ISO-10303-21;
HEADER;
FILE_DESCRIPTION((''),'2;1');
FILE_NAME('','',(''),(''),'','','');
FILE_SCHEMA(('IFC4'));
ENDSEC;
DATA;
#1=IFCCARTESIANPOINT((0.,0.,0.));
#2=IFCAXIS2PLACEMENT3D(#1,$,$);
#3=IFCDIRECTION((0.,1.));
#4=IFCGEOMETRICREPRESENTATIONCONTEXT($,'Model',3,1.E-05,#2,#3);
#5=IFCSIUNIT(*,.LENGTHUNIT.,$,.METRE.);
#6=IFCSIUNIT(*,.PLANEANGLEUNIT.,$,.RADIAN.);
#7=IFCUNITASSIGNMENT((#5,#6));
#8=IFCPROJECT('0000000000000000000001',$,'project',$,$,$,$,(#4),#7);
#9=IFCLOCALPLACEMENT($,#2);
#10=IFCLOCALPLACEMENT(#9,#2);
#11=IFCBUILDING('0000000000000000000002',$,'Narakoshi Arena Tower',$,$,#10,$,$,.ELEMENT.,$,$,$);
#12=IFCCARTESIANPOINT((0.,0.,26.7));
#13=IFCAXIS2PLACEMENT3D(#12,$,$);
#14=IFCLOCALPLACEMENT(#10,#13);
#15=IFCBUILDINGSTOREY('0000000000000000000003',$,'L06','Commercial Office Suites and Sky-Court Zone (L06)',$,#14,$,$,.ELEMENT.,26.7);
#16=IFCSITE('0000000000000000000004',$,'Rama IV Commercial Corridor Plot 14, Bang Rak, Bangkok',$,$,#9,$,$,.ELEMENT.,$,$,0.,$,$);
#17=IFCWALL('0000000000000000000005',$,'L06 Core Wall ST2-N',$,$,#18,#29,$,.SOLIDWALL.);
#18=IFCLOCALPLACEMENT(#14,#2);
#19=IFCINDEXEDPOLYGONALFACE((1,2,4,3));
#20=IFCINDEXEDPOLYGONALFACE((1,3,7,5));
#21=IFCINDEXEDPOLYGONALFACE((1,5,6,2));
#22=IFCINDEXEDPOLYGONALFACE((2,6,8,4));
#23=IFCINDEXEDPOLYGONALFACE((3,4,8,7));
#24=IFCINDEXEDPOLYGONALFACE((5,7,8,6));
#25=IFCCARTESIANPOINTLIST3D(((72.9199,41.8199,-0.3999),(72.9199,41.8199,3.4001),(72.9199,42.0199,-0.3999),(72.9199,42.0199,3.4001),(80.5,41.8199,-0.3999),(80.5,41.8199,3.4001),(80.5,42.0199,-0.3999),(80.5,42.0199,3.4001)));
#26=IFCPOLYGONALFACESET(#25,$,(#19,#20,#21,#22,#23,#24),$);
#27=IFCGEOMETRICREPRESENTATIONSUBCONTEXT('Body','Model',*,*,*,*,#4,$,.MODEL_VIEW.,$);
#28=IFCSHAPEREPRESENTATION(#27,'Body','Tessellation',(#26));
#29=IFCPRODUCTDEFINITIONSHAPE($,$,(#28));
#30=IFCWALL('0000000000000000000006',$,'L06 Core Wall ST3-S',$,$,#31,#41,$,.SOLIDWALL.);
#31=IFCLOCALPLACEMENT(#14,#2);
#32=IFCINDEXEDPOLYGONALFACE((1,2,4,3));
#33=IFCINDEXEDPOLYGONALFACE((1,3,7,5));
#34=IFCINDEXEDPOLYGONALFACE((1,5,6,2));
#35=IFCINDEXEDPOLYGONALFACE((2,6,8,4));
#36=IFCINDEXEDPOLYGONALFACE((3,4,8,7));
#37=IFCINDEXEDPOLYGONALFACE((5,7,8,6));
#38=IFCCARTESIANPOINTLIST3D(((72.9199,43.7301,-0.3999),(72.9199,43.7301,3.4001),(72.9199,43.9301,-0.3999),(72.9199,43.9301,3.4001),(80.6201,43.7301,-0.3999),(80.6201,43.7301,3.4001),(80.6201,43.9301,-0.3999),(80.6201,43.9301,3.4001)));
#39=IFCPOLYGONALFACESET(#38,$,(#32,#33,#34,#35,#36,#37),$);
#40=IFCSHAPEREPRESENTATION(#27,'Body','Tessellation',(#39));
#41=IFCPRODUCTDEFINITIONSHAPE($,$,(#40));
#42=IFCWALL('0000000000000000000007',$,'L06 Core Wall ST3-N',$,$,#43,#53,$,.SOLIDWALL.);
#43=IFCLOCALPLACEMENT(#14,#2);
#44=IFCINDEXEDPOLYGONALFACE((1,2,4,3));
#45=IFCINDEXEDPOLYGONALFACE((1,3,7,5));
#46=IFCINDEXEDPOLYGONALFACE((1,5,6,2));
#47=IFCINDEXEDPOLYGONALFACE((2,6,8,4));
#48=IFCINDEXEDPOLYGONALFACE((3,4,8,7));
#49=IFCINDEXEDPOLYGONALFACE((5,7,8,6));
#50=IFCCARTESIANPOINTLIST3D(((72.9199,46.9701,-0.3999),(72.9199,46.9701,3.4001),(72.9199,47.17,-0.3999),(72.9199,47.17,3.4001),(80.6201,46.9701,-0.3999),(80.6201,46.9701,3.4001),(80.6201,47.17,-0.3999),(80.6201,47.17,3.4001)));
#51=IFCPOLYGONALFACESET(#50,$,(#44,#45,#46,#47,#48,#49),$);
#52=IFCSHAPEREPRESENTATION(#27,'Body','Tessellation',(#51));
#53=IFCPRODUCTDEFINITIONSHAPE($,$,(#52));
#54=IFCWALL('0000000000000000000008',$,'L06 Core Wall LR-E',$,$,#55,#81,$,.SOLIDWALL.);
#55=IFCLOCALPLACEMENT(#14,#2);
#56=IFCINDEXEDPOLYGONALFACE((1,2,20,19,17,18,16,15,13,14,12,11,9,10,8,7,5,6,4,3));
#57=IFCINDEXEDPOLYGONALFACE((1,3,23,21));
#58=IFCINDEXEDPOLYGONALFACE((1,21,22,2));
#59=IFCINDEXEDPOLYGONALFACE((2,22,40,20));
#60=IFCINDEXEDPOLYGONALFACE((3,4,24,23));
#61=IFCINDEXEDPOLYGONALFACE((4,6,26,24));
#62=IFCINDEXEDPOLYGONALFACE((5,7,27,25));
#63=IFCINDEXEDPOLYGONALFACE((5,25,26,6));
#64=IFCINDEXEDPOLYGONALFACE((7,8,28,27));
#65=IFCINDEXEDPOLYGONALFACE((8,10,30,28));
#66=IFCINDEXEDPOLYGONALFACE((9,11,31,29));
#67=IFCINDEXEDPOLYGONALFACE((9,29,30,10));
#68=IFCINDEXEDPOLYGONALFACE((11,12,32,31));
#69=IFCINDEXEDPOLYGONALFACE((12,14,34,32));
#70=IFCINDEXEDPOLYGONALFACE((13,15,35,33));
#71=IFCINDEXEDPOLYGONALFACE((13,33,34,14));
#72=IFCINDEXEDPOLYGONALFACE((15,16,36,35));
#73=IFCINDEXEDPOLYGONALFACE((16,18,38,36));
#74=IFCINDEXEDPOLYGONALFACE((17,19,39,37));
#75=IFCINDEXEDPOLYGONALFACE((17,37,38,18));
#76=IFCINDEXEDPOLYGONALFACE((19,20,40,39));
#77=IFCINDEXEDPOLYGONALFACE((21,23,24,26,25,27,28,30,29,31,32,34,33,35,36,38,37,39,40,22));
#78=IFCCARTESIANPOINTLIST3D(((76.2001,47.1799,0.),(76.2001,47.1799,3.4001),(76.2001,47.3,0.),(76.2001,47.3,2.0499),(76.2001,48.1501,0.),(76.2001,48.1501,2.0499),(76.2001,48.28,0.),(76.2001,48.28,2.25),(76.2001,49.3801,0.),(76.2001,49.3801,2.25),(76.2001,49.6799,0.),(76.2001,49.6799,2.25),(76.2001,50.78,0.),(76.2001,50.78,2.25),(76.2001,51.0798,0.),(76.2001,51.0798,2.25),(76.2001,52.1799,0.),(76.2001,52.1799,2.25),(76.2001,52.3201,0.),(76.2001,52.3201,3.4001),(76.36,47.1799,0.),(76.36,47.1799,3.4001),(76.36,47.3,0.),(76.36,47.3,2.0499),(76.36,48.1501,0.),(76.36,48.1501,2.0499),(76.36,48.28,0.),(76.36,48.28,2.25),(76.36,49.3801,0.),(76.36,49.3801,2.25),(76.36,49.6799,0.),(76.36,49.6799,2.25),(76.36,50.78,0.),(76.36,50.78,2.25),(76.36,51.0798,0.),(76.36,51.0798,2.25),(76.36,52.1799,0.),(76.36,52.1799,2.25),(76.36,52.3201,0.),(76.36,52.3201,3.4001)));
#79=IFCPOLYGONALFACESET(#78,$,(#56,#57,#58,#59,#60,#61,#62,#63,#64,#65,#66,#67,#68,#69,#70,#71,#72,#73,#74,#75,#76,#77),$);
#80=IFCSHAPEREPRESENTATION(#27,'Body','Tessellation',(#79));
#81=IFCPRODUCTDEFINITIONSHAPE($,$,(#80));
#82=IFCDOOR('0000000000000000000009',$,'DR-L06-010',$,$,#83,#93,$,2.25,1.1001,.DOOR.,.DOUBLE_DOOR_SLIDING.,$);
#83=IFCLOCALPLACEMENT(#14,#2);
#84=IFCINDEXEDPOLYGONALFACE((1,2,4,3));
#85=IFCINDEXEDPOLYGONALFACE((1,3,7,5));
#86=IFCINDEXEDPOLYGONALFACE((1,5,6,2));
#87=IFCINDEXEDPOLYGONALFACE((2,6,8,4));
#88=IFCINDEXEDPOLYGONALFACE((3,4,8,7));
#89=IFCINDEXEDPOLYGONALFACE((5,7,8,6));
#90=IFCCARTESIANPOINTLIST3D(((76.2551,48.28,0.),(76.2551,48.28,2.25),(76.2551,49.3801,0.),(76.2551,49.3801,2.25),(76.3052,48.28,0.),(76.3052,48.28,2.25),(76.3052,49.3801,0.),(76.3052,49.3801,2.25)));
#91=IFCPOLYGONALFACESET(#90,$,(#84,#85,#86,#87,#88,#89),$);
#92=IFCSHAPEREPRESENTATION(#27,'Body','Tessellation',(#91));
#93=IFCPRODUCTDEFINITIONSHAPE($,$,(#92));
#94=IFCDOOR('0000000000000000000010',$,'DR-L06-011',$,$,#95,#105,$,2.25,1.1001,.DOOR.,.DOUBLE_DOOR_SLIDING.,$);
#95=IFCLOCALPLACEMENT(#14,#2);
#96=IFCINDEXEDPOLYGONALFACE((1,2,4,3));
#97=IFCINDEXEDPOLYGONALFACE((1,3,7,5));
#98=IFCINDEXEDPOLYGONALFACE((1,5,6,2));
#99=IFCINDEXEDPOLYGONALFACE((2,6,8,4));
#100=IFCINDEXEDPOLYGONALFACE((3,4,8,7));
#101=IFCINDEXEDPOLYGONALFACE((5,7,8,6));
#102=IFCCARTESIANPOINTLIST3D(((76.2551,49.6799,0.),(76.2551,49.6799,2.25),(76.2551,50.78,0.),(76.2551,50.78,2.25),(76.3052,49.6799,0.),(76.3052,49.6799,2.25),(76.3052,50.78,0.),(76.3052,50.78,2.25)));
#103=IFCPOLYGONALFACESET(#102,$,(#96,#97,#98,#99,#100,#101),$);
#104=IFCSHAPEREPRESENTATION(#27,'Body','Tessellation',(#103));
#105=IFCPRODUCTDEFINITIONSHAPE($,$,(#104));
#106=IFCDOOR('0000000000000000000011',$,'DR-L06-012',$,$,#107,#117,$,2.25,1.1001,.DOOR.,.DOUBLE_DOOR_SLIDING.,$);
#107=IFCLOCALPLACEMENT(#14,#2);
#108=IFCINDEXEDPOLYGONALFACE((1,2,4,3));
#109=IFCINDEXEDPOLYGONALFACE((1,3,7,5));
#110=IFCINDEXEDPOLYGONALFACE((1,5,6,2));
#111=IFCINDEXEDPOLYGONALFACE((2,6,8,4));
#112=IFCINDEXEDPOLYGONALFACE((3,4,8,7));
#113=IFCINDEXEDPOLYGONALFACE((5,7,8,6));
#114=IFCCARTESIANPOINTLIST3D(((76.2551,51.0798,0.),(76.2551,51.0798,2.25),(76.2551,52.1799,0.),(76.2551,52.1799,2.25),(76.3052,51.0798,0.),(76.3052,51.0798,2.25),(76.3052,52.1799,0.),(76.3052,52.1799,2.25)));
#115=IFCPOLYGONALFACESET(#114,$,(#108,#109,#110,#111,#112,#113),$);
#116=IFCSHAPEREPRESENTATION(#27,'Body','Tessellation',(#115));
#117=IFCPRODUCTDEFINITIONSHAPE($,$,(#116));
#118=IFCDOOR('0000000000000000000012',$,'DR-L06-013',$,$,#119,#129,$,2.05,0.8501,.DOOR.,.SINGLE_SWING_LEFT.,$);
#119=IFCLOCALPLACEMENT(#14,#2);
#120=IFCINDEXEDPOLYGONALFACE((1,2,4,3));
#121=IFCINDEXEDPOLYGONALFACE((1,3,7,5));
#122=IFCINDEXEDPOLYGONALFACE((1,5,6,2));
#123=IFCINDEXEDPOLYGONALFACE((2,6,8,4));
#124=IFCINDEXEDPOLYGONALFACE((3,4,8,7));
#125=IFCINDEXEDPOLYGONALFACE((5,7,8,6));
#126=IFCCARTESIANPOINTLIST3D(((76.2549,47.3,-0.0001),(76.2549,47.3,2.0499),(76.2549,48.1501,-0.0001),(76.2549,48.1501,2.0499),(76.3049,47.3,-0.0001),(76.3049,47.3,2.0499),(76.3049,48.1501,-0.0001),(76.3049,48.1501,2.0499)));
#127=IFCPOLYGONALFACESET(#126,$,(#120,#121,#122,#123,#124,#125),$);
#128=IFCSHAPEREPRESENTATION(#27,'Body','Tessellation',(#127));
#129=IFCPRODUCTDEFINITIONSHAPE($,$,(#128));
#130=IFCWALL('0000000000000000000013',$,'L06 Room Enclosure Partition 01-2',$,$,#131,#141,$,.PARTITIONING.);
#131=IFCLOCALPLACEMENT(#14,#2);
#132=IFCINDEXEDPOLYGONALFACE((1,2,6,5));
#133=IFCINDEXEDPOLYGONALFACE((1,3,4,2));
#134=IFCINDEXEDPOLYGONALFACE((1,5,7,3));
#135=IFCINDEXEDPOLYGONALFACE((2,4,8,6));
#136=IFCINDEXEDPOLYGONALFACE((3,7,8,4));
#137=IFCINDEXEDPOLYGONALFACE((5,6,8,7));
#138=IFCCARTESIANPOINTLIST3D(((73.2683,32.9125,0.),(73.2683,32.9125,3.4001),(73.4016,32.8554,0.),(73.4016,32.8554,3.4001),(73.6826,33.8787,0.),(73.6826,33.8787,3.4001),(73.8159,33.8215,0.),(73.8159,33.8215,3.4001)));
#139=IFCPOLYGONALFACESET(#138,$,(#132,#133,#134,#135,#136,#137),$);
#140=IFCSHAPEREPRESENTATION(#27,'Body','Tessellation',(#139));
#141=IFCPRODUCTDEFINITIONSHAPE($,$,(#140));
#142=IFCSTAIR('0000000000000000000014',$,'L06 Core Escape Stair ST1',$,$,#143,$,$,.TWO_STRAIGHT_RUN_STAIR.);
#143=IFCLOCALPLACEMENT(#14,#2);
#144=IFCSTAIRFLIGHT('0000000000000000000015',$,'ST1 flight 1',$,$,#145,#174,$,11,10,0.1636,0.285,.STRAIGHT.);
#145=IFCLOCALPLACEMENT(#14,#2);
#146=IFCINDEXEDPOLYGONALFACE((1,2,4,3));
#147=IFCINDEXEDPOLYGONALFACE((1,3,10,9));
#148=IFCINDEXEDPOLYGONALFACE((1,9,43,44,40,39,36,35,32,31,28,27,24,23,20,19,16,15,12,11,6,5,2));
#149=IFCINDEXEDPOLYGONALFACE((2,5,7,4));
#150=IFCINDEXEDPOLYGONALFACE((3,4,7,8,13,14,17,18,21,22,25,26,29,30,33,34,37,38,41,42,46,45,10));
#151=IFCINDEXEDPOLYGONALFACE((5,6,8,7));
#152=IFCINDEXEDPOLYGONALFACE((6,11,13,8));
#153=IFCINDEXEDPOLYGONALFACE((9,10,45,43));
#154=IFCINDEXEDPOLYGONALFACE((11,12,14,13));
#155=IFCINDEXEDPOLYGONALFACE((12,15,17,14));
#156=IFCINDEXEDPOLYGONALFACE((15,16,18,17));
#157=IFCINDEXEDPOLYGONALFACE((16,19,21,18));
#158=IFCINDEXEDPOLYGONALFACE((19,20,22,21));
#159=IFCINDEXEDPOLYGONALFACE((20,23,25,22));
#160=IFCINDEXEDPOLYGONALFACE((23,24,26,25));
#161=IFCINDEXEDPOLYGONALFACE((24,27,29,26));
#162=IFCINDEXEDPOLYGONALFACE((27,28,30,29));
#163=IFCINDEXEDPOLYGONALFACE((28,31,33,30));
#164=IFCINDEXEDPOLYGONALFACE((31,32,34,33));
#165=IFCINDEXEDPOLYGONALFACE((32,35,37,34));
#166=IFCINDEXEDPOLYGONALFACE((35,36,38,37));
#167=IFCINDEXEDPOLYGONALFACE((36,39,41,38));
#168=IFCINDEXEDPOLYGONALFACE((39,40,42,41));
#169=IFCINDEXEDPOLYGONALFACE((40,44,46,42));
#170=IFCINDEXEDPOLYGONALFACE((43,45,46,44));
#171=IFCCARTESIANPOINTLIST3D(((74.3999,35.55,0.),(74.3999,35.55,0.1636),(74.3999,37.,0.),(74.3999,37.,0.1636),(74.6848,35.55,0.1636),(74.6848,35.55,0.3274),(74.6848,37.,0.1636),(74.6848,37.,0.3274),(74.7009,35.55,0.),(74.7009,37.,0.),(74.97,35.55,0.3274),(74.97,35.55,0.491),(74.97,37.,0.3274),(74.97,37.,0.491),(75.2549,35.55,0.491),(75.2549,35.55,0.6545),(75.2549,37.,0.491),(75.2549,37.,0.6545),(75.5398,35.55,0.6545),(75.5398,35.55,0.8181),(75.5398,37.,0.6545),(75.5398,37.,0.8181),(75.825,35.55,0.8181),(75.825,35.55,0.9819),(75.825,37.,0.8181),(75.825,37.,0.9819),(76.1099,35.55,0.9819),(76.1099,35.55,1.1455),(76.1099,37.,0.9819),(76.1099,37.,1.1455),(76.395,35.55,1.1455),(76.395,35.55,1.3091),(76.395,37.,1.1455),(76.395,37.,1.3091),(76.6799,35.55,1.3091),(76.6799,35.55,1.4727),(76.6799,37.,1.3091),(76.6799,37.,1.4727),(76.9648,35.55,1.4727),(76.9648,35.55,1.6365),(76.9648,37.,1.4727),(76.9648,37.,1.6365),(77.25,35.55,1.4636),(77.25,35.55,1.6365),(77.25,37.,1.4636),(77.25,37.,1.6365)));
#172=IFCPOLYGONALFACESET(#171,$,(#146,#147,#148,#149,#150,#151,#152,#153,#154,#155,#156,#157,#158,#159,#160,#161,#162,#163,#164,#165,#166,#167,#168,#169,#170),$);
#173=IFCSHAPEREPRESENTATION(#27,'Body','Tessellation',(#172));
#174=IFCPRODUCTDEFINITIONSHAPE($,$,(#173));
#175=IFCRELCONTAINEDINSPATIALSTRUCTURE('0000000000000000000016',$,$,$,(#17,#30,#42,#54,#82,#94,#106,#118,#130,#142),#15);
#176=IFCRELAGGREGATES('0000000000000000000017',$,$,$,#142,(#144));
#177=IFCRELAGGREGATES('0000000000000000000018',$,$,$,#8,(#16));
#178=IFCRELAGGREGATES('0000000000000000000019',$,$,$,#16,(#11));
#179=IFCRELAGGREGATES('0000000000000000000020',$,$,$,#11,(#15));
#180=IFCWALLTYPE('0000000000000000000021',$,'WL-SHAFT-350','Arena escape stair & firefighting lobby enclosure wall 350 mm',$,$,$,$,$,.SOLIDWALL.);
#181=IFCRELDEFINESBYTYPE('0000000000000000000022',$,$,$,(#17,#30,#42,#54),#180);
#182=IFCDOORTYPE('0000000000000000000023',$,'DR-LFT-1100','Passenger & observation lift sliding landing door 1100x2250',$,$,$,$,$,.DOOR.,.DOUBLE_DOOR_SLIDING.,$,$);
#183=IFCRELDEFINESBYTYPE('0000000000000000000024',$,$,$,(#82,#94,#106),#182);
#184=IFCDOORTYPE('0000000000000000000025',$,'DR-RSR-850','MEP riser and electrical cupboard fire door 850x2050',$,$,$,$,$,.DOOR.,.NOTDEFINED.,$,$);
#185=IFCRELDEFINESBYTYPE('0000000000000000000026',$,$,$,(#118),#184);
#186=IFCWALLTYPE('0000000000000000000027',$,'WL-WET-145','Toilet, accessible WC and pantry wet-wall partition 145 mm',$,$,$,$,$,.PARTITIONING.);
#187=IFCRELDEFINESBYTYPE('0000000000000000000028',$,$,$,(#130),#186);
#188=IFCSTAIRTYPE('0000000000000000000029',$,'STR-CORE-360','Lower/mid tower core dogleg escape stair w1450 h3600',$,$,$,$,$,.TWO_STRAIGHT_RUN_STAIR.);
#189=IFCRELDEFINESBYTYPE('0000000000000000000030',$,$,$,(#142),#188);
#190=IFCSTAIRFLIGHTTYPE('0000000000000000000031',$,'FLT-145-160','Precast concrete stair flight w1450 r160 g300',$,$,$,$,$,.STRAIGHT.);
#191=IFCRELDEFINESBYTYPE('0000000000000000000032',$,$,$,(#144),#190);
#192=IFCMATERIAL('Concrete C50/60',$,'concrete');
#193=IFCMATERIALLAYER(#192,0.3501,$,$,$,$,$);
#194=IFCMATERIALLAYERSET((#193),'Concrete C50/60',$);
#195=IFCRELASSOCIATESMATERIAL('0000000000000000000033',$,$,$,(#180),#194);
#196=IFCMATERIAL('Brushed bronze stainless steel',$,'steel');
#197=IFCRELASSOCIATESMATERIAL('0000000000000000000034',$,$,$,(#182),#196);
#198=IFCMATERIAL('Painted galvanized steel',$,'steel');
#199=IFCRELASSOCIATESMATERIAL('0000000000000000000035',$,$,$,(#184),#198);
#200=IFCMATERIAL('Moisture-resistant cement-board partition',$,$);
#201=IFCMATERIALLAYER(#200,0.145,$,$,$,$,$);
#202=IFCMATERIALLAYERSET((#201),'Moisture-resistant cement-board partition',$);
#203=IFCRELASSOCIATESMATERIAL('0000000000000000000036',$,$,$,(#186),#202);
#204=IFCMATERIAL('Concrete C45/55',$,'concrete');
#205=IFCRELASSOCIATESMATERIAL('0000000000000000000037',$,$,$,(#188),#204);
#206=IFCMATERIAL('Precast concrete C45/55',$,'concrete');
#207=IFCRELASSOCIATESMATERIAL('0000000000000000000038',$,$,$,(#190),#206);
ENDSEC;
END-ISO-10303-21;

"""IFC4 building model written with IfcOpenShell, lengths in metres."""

from ifc_helpers import new_model, si_unit, direction, frame, frame_2d, origin, place, context, subcontext, project, spatial, polyline, rectangle, outline, extrude, material, layer, layer_set, type_object, element, fill, aggregate, save


model = new_model("IFC4")

# Units and contexts
model_context = context("Model", 3, precision=1e-05, world=origin(), true_north=direction((0.0, 1.0)))
body_context = subcontext(model_context, "Body", "Model", "MODEL_VIEW")
ifc_project = project(units=[si_unit("LENGTHUNIT", "METRE"), si_unit("PLANEANGLEUNIT", "RADIAN")], contexts=[model_context])

# Site, building, storey
site_placement = place(None, origin())
site = spatial("IfcSite", under=ifc_project, at=site_placement, Name="Rama IV Commercial Corridor Plot 14, Bang Rak, Bangkok", CompositionType="ELEMENT", RefElevation=0.0)
building_placement = place(site_placement, origin())
building = spatial("IfcBuilding", under=site, at=building_placement, Name="Narakoshi Arena Tower", CompositionType="ELEMENT")
storey_placement = place(building_placement, frame((0.0, 0.0, 26.7)))
storey = spatial("IfcBuildingStorey", under=building, at=storey_placement, Name="L06", Description="Commercial Office Suites and Sky-Court Zone (L06)", CompositionType="ELEMENT", Elevation=26.7)

# Walls
ifc_material_1 = material(Name="Concrete C50/60", Category="concrete")
ifc_layer_1 = layer(ifc_material_1, 0.3501)
ifc_layer_set_1 = layer_set([ifc_layer_1], Name="Concrete C50/60")
wall_type_1 = type_object("IfcWallType", Name="WL-SHAFT-350", Description="Arena escape stair & firefighting lobby enclosure wall 350 mm", PredefinedType="SOLIDWALL", material=ifc_layer_set_1)
wall_1_placement = place(storey_placement, frame((72.9199, 41.9199, -0.3999), z_axis=(0.0, 0.0, 1.0), x_axis=(1.0, 0.0, 0.0)))
element("IfcWall", 1, at=wall_1_placement, inside=storey, type_object=wall_type_1, Name="L06 Core Wall ST2-N", PredefinedType="SOLIDWALL", context=body_context, shape_type="SweptSolid", body=[
    extrude(rectangle(XDim=7.5801, YDim=0.2, at=frame_2d((3.79, 0.0))), origin(), (0.0, 0.0, 1.0), 3.8),
])
for number, where, z_axis, x_axis, name in (
    (2, (72.9199, 43.8301, -0.3999), (0.0, 0.0, 1.0), (1.0, 0.0, 0.0), "L06 Core Wall ST3-S"),
    (3, (72.9199, 47.0701, -0.3999), (0.0, 0.0, 1.0), (1.0, 0.0, 0.0), "L06 Core Wall ST3-N"),
):
    element("IfcWall", number, at=place(storey_placement, frame(where, z_axis=z_axis, x_axis=x_axis)), inside=storey, type_object=wall_type_1, Name=name, PredefinedType="SOLIDWALL", context=body_context, shape_type="SweptSolid", body=[
        extrude(rectangle(XDim=7.7002, YDim=0.2, at=frame_2d((3.8501, 0.0))), origin(), (0.0, 0.0, 1.0), 3.8),
    ])

# Wall, openings, doors
wall_2_placement = place(storey_placement, frame((76.28, 47.1799, 0.0), z_axis=(0.0, 0.0, 1.0), x_axis=(0.0, 1.0, 0.0)))
wall_2 = element("IfcWall", 4, at=wall_2_placement, inside=storey, type_object=wall_type_1, Name="L06 Core Wall LR-E", PredefinedType="SOLIDWALL", context=body_context, shape_type="SweptSolid", body=[
    extrude(rectangle(XDim=5.1401, YDim=0.1599, at=frame_2d((2.5701, 0.0))), origin(), (0.0, 0.0, 1.0), 3.4001),
])
opening_1_placement = place(wall_2_placement, frame((1.1001, 0.0, 0.0)))
opening_1 = element("IfcOpeningElement", 5, at=opening_1_placement, cuts=wall_2, PredefinedType="OPENING", context=body_context, shape_type="SweptSolid", body=[
    extrude(rectangle(XDim=1.1001, YDim=2.25, at=frame_2d((0.55, 1.125))), frame((0.0, 0.0898, 0.0), z_axis=(0.0, -1.0, 0.0), x_axis=(1.0, 0.0, 0.0)), (0.0, 0.0, 1.0), 0.1799),
])
opening_2_placement = place(wall_2_placement, frame((2.5, 0.0, 0.0)))
opening_2 = element("IfcOpeningElement", 6, at=opening_2_placement, cuts=wall_2, PredefinedType="OPENING", context=body_context, shape_type="SweptSolid", body=[
    extrude(rectangle(XDim=1.1001, YDim=2.25, at=frame_2d((0.55, 1.125))), frame((0.0, 0.0898, 0.0), z_axis=(0.0, -1.0, 0.0), x_axis=(1.0, 0.0, 0.0)), (0.0, 0.0, 1.0), 0.1799),
])
opening_3_placement = place(wall_2_placement, frame((3.8999, 0.0, 0.0)))
opening_3 = element("IfcOpeningElement", 7, at=opening_3_placement, cuts=wall_2, PredefinedType="OPENING", context=body_context, shape_type="SweptSolid", body=[
    extrude(rectangle(XDim=1.1001, YDim=2.25, at=frame_2d((0.55, 1.125))), frame((0.0, 0.0898, 0.0), z_axis=(0.0, -1.0, 0.0), x_axis=(1.0, 0.0, 0.0)), (0.0, 0.0, 1.0), 0.1799),
])
opening_4_placement = place(wall_2_placement, frame((0.1201, 0.0, 0.0)))
opening_4 = element("IfcOpeningElement", 8, at=opening_4_placement, cuts=wall_2, PredefinedType="OPENING", context=body_context, shape_type="SweptSolid", body=[
    extrude(rectangle(XDim=0.8501, YDim=2.05, at=frame_2d((0.425, 1.0249))), frame((0.0, 0.0898, 0.0), z_axis=(0.0, -1.0, 0.0), x_axis=(1.0, 0.0, 0.0)), (0.0, 0.0, 1.0), 0.1799),
])
ifc_material_2 = material(Name="Brushed bronze stainless steel", Category="steel")
door_type_1 = type_object("IfcDoorType", Name="DR-LFT-1100", Description="Passenger & observation lift sliding landing door 1100x2250", OperationType="DOUBLE_DOOR_SLIDING", PredefinedType="DOOR", material=ifc_material_2)
door_1_placement = place(opening_1_placement, origin())
door_1 = element("IfcDoor", 9, at=door_1_placement, inside=storey, type_object=door_type_1, Name="DR-L06-010", OperationType="DOUBLE_DOOR_SLIDING", OverallHeight=2.25, OverallWidth=1.1001, PredefinedType="DOOR", context=body_context, shape_type="SweptSolid", body=[
    extrude(rectangle(XDim=1.1001, YDim=2.25, at=frame_2d((0.55, 1.125))), frame((0.0, 0.0249, 0.0), z_axis=(0.0, -1.0, 0.0), x_axis=(1.0, 0.0, 0.0)), (0.0, 0.0, 1.0), 0.05),
])
fill(opening_1, door_1)
door_2_placement = place(opening_2_placement, origin())
door_2 = element("IfcDoor", 10, at=door_2_placement, inside=storey, type_object=door_type_1, Name="DR-L06-011", OperationType="DOUBLE_DOOR_SLIDING", OverallHeight=2.25, OverallWidth=1.1001, PredefinedType="DOOR", context=body_context, shape_type="SweptSolid", body=[
    extrude(rectangle(XDim=1.1001, YDim=2.25, at=frame_2d((0.55, 1.125))), frame((0.0, 0.0249, 0.0), z_axis=(0.0, -1.0, 0.0), x_axis=(1.0, 0.0, 0.0)), (0.0, 0.0, 1.0), 0.05),
])
fill(opening_2, door_2)
door_3_placement = place(opening_3_placement, origin())
door_3 = element("IfcDoor", 11, at=door_3_placement, inside=storey, type_object=door_type_1, Name="DR-L06-012", OperationType="DOUBLE_DOOR_SLIDING", OverallHeight=2.25, OverallWidth=1.1001, PredefinedType="DOOR", context=body_context, shape_type="SweptSolid", body=[
    extrude(rectangle(XDim=1.1001, YDim=2.25, at=frame_2d((0.55, 1.125))), frame((0.0, 0.0249, 0.0), z_axis=(0.0, -1.0, 0.0), x_axis=(1.0, 0.0, 0.0)), (0.0, 0.0, 1.0), 0.05),
])
fill(opening_3, door_3)
ifc_material_3 = material(Name="Painted galvanized steel", Category="steel")
door_type_2 = type_object("IfcDoorType", Name="DR-RSR-850", Description="MEP riser and electrical cupboard fire door 850x2050", OperationType="NOTDEFINED", PredefinedType="DOOR", material=ifc_material_3)
door_4_placement = place(opening_4_placement, frame((0.8501, 0.0, 0.0), z_axis=(0.0, 0.0, 1.0), x_axis=(-1.0, 0.0, 0.0)))
door_4 = element("IfcDoor", 12, at=door_4_placement, inside=storey, type_object=door_type_2, Name="DR-L06-013", OperationType="SINGLE_SWING_LEFT", OverallHeight=2.05, OverallWidth=0.8501, PredefinedType="DOOR", context=body_context, shape_type="SweptSolid", body=[
    extrude(rectangle(XDim=0.8501, YDim=2.05, at=frame_2d((0.425, 1.0249))), frame((0.0, 0.0249, 0.0), z_axis=(0.0, -1.0, 0.0), x_axis=(1.0, 0.0, 0.0)), (0.0, 0.0, 1.0), 0.05),
])
fill(opening_4, door_4)

# Wall
ifc_material_4 = material(Name="Moisture-resistant cement-board partition")
ifc_layer_2 = layer(ifc_material_4, 0.145)
ifc_layer_set_2 = layer_set([ifc_layer_2], Name="Moisture-resistant cement-board partition")
wall_type_2 = type_object("IfcWallType", Name="WL-WET-145", Description="Toilet, accessible WC and pantry wet-wall partition 145 mm", PredefinedType="PARTITIONING", material=ifc_layer_set_2)
wall_3_placement = place(storey_placement, frame((73.7493, 33.8501, 0.0), z_axis=(0.0, 0.0, 1.0), x_axis=(-0.394144, -0.919049, 0.0)))
element("IfcWall", 13, at=wall_3_placement, inside=storey, type_object=wall_type_2, Name="L06 Room Enclosure Partition 01-2", PredefinedType="PARTITIONING", context=body_context, shape_type="SweptSolid", body=[
    extrude(rectangle(XDim=1.0513, YDim=0.145, at=frame_2d((0.5256, 0.0))), origin(), (0.0, 0.0, 1.0), 3.4001),
])

# Stair, stair flight
ifc_material_5 = material(Name="Concrete C45/55", Category="concrete")
stair_type = type_object("IfcStairType", Name="STR-CORE-360", Description="Lower/mid tower core dogleg escape stair w1450 h3600", PredefinedType="TWO_STRAIGHT_RUN_STAIR", material=ifc_material_5)
stair_1_placement = place(storey_placement, origin())
stair_1 = element("IfcStair", 14, at=stair_1_placement, inside=storey, type_object=stair_type, Name="L06 Core Escape Stair ST1", PredefinedType="TWO_STRAIGHT_RUN_STAIR")
ifc_material_6 = material(Name="Precast concrete C45/55", Category="concrete")
stair_flight_type = type_object("IfcStairFlightType", Name="FLT-145-160", Description="Precast concrete stair flight w1450 r160 g300", PredefinedType="STRAIGHT", material=ifc_material_6)
stair_flight_1_placement = place(storey_placement, frame((74.3999, 36.2749, 0.0), z_axis=(0.0, 0.0, 1.0), x_axis=(1.0, 0.0, 0.0)))
stair_flight_1 = element("IfcStairFlight", 15, at=stair_flight_1_placement, type_object=stair_flight_type, Name="ST1 flight 1", NumberOfRisers=11, NumberOfTreads=10, PredefinedType="STRAIGHT", RiserHeight=0.1636, TreadLength=0.285, context=body_context, shape_type="SweptSolid", body=[
    extrude(outline(polyline([(0.0, 0.0), (0.0, 0.1636), (0.2849, 0.1636), (0.2849, 0.3274), (0.5701, 0.3274), (0.5701, 0.491), (0.855, 0.491), (0.855, 0.6545), (1.1399, 0.6545), (1.1399, 0.8181), (1.425, 0.8181), (1.425, 0.9819), (1.71, 0.9819), (1.71, 1.1455), (1.9951, 1.1455), (1.9951, 1.3091), (2.28, 1.3091), (2.28, 1.4727), (2.5649, 1.4727), (2.5649, 1.6365), (2.8501, 1.6365), (2.8501, 1.8), (2.8501, 1.4636), (0.301, 0.0), (0.0, 0.0)])), frame((0.0, 0.7251, 0.0), z_axis=(0.0, -1.0, 0.0), x_axis=(1.0, 0.0, 0.0)), (0.0, 0.0, 1.0), 1.45),
])
aggregate(stair_1, [stair_flight_1])

save(model, "model.ifc")
